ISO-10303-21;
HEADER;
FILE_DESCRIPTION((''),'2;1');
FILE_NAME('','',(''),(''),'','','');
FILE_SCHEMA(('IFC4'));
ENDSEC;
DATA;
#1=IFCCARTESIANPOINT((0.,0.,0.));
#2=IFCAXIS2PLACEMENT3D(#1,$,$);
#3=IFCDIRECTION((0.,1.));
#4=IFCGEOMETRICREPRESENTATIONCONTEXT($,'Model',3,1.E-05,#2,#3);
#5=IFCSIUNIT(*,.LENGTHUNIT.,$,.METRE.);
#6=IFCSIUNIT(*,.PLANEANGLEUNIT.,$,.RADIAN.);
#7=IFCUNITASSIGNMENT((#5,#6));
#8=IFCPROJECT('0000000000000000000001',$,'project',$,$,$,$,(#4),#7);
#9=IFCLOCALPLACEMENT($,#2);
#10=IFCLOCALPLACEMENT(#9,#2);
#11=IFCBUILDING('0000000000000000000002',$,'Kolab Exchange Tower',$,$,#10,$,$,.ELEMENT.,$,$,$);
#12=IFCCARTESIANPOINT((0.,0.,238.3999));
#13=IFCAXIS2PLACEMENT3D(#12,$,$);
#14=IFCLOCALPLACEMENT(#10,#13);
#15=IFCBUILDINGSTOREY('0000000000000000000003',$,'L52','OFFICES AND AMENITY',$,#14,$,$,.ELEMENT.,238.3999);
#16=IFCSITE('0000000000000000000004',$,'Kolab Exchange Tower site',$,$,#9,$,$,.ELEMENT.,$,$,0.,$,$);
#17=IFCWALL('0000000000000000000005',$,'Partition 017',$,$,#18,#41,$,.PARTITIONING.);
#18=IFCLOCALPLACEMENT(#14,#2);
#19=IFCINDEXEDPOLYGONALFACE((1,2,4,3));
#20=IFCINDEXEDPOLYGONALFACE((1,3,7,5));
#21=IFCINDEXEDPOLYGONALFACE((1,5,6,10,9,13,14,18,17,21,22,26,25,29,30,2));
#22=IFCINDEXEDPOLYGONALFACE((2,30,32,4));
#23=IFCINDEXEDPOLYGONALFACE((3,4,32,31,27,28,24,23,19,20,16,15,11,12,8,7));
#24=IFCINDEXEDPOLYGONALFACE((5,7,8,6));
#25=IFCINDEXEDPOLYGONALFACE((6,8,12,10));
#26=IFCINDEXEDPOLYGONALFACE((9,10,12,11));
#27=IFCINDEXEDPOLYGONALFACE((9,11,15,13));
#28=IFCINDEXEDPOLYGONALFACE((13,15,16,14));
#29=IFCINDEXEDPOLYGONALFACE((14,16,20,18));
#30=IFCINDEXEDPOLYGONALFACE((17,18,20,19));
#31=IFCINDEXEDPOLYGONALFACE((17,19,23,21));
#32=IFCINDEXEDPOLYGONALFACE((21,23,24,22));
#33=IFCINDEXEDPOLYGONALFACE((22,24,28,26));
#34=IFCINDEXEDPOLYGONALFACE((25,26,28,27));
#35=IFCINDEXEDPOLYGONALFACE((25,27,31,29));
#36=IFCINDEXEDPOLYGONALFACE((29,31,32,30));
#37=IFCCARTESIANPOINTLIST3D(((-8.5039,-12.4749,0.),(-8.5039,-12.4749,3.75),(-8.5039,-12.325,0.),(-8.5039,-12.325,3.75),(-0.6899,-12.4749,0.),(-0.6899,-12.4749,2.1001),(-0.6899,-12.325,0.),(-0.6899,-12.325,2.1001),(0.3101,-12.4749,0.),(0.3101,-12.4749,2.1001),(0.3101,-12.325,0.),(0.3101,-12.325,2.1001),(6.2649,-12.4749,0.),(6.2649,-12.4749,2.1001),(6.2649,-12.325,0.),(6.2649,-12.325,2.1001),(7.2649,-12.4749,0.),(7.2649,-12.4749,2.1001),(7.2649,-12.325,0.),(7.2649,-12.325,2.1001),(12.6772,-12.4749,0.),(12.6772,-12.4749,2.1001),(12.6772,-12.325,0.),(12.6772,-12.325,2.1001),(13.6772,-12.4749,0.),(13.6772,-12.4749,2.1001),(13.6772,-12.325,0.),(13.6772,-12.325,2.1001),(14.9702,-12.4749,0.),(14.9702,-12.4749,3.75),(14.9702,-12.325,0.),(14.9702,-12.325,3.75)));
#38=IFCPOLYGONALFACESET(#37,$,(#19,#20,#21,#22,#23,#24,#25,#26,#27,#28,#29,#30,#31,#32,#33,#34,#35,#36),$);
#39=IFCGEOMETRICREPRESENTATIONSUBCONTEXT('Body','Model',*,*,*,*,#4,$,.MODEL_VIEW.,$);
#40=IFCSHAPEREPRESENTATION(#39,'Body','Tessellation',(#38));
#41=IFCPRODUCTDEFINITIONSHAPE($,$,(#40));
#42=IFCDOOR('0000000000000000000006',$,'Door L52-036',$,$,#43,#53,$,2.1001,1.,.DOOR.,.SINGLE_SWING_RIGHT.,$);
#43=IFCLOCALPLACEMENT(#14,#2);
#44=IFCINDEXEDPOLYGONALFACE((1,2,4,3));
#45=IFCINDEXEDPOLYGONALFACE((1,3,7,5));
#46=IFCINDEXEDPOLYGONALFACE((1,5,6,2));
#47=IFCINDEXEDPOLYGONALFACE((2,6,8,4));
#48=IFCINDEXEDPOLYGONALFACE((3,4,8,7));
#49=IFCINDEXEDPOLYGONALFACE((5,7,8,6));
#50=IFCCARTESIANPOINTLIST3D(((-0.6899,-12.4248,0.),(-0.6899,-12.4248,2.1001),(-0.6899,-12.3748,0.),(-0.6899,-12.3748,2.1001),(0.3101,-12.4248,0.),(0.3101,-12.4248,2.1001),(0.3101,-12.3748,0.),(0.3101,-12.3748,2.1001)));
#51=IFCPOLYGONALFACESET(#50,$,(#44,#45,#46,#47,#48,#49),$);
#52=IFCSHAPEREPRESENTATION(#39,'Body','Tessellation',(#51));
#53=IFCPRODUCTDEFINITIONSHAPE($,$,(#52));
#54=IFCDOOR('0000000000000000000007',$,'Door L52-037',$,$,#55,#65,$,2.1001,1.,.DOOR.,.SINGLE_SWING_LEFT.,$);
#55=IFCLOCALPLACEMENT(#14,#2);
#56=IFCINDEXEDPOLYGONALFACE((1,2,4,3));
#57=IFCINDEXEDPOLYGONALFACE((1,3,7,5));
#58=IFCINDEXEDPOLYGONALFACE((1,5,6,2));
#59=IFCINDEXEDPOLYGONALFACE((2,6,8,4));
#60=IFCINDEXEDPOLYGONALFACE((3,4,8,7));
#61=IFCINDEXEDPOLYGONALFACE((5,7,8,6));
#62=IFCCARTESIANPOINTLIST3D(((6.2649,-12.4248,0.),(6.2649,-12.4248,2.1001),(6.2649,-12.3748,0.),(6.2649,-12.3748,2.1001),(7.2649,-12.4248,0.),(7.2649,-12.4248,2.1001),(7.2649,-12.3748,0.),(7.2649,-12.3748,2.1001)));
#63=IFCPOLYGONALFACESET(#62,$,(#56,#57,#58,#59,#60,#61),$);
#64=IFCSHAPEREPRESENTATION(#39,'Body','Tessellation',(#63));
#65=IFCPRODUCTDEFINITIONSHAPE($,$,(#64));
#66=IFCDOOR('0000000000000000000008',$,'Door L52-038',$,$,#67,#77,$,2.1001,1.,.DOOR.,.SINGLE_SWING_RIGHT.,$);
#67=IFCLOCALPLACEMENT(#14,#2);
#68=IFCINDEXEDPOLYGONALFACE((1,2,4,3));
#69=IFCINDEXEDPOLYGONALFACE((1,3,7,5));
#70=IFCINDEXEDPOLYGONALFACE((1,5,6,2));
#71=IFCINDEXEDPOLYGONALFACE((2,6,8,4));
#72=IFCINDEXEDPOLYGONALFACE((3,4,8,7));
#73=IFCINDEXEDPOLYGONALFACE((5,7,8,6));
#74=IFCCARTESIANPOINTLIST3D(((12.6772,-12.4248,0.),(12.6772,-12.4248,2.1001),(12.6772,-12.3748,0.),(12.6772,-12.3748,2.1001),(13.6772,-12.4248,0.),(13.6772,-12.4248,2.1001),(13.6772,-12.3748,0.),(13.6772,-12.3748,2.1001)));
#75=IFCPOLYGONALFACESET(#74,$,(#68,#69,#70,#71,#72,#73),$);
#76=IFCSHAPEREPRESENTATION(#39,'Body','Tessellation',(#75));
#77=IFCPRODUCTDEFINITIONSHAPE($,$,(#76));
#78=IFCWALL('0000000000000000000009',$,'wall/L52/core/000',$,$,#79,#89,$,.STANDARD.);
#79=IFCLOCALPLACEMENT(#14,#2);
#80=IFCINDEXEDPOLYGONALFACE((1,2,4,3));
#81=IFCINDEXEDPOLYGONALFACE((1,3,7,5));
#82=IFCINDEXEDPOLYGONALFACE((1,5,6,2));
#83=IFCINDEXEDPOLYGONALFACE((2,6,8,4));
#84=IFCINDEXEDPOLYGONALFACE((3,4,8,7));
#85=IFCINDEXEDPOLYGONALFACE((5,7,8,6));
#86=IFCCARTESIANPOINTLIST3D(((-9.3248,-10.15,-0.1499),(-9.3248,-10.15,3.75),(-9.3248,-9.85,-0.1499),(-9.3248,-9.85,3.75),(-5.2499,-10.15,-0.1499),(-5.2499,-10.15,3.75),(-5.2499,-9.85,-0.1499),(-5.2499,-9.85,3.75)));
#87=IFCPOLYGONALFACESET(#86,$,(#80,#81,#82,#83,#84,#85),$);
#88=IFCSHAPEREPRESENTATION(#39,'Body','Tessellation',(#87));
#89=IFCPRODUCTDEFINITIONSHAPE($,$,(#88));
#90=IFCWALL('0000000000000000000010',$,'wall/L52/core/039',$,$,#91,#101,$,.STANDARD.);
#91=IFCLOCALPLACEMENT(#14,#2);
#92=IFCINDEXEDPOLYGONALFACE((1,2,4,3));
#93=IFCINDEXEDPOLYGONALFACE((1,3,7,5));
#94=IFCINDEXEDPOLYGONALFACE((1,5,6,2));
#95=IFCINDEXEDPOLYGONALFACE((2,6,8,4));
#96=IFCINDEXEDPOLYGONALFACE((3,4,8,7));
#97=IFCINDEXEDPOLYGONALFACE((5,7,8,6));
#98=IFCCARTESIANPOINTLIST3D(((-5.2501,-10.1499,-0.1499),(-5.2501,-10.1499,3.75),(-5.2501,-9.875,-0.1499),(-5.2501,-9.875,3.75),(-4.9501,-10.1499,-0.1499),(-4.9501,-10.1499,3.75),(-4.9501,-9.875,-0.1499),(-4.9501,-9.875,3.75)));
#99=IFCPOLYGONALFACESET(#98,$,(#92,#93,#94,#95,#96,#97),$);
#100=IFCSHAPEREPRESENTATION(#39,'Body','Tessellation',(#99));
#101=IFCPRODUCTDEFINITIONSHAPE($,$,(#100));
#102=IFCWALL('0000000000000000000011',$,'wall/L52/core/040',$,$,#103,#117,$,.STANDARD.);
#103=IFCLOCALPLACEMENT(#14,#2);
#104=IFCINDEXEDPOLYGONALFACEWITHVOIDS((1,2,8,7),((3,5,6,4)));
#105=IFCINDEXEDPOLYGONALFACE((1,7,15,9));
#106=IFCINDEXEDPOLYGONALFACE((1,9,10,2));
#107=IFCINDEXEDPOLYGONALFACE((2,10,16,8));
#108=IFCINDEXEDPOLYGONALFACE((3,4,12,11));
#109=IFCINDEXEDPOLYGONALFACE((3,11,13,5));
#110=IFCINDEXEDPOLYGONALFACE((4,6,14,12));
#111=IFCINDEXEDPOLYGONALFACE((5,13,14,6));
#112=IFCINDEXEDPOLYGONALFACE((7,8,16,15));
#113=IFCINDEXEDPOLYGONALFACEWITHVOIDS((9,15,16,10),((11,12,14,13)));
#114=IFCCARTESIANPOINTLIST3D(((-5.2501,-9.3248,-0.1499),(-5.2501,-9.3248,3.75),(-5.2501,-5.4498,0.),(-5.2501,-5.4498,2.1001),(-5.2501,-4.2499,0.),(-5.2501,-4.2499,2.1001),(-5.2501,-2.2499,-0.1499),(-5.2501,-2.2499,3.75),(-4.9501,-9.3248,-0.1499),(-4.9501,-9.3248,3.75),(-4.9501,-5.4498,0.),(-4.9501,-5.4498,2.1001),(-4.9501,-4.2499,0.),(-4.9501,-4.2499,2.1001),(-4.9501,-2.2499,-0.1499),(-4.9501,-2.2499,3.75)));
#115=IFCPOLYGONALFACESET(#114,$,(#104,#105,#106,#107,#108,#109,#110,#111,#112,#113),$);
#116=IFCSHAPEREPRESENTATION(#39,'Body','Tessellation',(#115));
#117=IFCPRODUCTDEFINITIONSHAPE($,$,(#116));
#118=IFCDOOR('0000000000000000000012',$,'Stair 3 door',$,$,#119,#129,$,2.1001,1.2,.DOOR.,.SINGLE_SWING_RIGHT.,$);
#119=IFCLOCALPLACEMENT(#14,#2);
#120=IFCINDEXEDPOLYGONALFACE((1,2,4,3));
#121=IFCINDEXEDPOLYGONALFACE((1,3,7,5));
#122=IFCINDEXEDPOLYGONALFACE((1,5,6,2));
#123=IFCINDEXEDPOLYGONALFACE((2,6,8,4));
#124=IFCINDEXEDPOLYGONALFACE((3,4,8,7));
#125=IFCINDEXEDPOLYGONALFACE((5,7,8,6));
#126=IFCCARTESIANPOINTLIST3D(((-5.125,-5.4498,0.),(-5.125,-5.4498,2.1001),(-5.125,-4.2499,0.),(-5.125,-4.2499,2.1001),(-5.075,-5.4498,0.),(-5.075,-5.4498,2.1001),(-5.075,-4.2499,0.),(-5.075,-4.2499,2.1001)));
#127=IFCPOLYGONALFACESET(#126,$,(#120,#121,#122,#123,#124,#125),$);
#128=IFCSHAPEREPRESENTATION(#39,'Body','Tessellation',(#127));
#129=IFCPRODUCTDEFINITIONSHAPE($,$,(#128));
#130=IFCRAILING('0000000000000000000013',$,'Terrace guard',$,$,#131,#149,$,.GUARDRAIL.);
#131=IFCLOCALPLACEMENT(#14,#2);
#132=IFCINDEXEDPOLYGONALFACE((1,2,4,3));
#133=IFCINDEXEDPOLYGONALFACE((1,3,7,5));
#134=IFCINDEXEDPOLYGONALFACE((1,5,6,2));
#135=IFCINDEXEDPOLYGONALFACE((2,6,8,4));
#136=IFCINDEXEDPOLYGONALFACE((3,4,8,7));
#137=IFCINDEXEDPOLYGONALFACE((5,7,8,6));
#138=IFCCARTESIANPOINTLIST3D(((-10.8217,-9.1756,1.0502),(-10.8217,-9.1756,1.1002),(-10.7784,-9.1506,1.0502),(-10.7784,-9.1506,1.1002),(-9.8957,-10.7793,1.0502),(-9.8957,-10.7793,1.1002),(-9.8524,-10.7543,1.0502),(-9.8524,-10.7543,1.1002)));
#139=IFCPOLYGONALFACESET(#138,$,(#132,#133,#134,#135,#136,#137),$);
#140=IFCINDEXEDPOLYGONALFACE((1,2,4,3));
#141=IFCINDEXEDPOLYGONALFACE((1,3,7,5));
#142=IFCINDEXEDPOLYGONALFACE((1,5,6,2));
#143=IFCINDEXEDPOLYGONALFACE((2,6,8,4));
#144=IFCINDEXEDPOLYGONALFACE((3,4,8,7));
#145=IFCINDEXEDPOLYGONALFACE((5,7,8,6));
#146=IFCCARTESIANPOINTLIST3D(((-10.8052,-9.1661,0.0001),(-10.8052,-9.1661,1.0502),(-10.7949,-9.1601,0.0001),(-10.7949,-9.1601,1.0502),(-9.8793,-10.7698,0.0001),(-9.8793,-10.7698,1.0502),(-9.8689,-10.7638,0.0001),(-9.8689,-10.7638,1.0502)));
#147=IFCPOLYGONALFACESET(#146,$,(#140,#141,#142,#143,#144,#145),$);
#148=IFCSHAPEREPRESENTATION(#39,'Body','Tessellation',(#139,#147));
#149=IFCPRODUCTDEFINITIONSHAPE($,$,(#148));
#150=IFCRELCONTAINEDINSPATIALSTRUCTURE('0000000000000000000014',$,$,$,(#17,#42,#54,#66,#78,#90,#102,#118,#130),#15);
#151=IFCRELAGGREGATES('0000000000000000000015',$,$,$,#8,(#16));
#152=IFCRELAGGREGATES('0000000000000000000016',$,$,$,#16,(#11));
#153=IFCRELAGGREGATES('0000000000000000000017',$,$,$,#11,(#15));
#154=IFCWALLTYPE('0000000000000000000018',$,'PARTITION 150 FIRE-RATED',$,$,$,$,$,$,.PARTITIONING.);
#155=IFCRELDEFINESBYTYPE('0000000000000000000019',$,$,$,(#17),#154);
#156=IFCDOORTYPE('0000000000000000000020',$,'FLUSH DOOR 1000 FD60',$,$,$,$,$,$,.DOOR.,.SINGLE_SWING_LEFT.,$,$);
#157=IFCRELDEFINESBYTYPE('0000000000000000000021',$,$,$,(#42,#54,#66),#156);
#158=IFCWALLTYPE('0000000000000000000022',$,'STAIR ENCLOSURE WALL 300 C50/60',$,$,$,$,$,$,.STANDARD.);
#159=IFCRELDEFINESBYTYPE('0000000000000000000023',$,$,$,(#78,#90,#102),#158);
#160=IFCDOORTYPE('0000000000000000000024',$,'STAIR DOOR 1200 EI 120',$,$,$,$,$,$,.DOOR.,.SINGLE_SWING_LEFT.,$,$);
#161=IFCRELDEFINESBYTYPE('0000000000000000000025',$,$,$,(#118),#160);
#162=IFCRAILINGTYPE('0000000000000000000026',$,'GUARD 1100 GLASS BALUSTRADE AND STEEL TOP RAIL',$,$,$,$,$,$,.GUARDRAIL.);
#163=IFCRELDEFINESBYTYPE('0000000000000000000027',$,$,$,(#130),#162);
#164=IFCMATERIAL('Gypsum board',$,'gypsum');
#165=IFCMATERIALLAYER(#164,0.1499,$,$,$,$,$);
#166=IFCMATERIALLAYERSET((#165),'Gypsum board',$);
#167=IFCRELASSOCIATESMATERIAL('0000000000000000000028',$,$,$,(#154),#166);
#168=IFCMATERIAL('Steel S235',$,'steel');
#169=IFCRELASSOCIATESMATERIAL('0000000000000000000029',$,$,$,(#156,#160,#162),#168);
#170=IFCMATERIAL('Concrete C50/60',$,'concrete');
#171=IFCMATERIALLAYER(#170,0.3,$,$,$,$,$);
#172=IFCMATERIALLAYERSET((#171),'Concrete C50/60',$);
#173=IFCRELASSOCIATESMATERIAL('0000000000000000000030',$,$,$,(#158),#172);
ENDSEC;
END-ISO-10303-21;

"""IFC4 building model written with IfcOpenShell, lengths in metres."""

from ifc_helpers import new_model, si_unit, direction, frame, frame_2d, origin, origin_2d, place, context, subcontext, project, spatial, rectangle, extrude, material, layer, layer_set, type_object, element, fill, save


model = new_model("IFC4")

# Units and contexts
model_context = context("Model", 3, precision=1e-05, world=origin(), true_north=direction((0.0, 1.0)))
body_context = subcontext(model_context, "Body", "Model", "MODEL_VIEW")
ifc_project = project(units=[si_unit("LENGTHUNIT", "METRE"), si_unit("PLANEANGLEUNIT", "RADIAN")], contexts=[model_context])

# Site, building, storey
site_placement = place(None, origin())
site = spatial("IfcSite", under=ifc_project, at=site_placement, Name="Kolab Exchange Tower site", CompositionType="ELEMENT", RefElevation=0.0)
building_placement = place(site_placement, origin())
building = spatial("IfcBuilding", under=site, at=building_placement, Name="Kolab Exchange Tower", CompositionType="ELEMENT")
storey_placement = place(building_placement, frame((0.0, 0.0, 238.3999)))
storey = spatial("IfcBuildingStorey", under=building, at=storey_placement, Name="L52", Description="OFFICES AND AMENITY", CompositionType="ELEMENT", Elevation=238.3999)

# Shared definitions
ifc_material_1 = material(Name="Concrete C50/60", Category="concrete")
ifc_material_2 = material(Name="Steel S235", Category="steel")

# Wall, openings, doors
ifc_material_3 = material(Name="Gypsum board", Category="gypsum")
ifc_layer_1 = layer(ifc_material_3, 0.1499)
ifc_layer_set_1 = layer_set([ifc_layer_1], Name="Gypsum board")
wall_type_1 = type_object("IfcWallType", Name="PARTITION 150 FIRE-RATED", PredefinedType="PARTITIONING", material=ifc_layer_set_1)
wall_1_placement = place(storey_placement, frame((-8.5039, -12.3999, 0.0), z_axis=(0.0, 0.0, 1.0), x_axis=(1.0, 0.0, 0.0)))
wall_1 = element("IfcWall", 1, at=wall_1_placement, inside=storey, type_object=wall_type_1, Name="Partition 017", PredefinedType="PARTITIONING", context=body_context, shape_type="SweptSolid", body=[
    extrude(rectangle(XDim=23.4741, YDim=0.1499, at=frame_2d((11.7371, 0.0))), origin(), (0.0, 0.0, 1.0), 3.75),
])
opening_1_placement = place(wall_1_placement, frame((7.814, 0.0, 0.0)))
opening_1 = element("IfcOpeningElement", 2, at=opening_1_placement, cuts=wall_1, PredefinedType="OPENING", context=body_context, shape_type="SweptSolid", body=[
    extrude(rectangle(XDim=1.0, YDim=2.1001, at=frame_2d((0.5, 1.05))), frame((0.0, 0.085, 0.0), z_axis=(0.0, -1.0, 0.0), x_axis=(1.0, 0.0, 0.0)), (0.0, 0.0, 1.0), 0.1699),
])
opening_2_placement = place(wall_1_placement, frame((14.7688, 0.0, 0.0)))
opening_2 = element("IfcOpeningElement", 3, at=opening_2_placement, cuts=wall_1, PredefinedType="OPENING", context=body_context, shape_type="SweptSolid", body=[
    extrude(rectangle(XDim=1.0, YDim=2.1001, at=frame_2d((0.5, 1.05))), frame((0.0, 0.085, 0.0), z_axis=(0.0, -1.0, 0.0), x_axis=(1.0, 0.0, 0.0)), (0.0, 0.0, 1.0), 0.1699),
])
opening_3_placement = place(wall_1_placement, frame((21.1812, 0.0, 0.0)))
opening_3 = element("IfcOpeningElement", 4, at=opening_3_placement, cuts=wall_1, PredefinedType="OPENING", context=body_context, shape_type="SweptSolid", body=[
    extrude(rectangle(XDim=1.0, YDim=2.1001, at=frame_2d((0.5, 1.05))), frame((0.0, 0.085, 0.0), z_axis=(0.0, -1.0, 0.0), x_axis=(1.0, 0.0, 0.0)), (0.0, 0.0, 1.0), 0.1699),
])
door_type_1 = type_object("IfcDoorType", Name="FLUSH DOOR 1000 FD60", OperationType="SINGLE_SWING_LEFT", PredefinedType="DOOR", material=ifc_material_2)
door_1_placement = place(opening_1_placement, frame((1.0, 0.0, 0.0), z_axis=(0.0, 0.0, 1.0), x_axis=(-1.0, 0.0, 0.0)))
door_1 = element("IfcDoor", 5, at=door_1_placement, inside=storey, type_object=door_type_1, Name="Door L52-036", OperationType="SINGLE_SWING_RIGHT", OverallHeight=2.1001, OverallWidth=1.0, PredefinedType="DOOR", context=body_context, shape_type="SweptSolid", body=[
    extrude(rectangle(XDim=1.0, YDim=2.1001, at=frame_2d((0.5, 1.05))), frame((0.0, 0.0249, 0.0), z_axis=(0.0, -1.0, 0.0), x_axis=(1.0, 0.0, 0.0)), (0.0, 0.0, 1.0), 0.05),
])
fill(opening_1, door_1)
door_2_placement = place(opening_2_placement, frame((1.0, 0.0, 0.0), z_axis=(0.0, 0.0, 1.0), x_axis=(-1.0, 0.0, 0.0)))
door_2 = element("IfcDoor", 6, at=door_2_placement, inside=storey, type_object=door_type_1, Name="Door L52-037", OperationType="SINGLE_SWING_LEFT", OverallHeight=2.1001, OverallWidth=1.0, PredefinedType="DOOR", context=body_context, shape_type="SweptSolid", body=[
    extrude(rectangle(XDim=1.0, YDim=2.1001, at=frame_2d((0.5, 1.05))), frame((0.0, 0.0249, 0.0), z_axis=(0.0, -1.0, 0.0), x_axis=(1.0, 0.0, 0.0)), (0.0, 0.0, 1.0), 0.05),
])
fill(opening_2, door_2)
door_3_placement = place(opening_3_placement, frame((1.0, 0.0, 0.0), z_axis=(0.0, 0.0, 1.0), x_axis=(-1.0, 0.0, 0.0)))
door_3 = element("IfcDoor", 7, at=door_3_placement, inside=storey, type_object=door_type_1, Name="Door L52-038", OperationType="SINGLE_SWING_RIGHT", OverallHeight=2.1001, OverallWidth=1.0, PredefinedType="DOOR", context=body_context, shape_type="SweptSolid", body=[
    extrude(rectangle(XDim=1.0, YDim=2.1001, at=frame_2d((0.5, 1.05))), frame((0.0, 0.0249, 0.0), z_axis=(0.0, -1.0, 0.0), x_axis=(1.0, 0.0, 0.0)), (0.0, 0.0, 1.0), 0.05),
])
fill(opening_3, door_3)

# Walls
ifc_layer_2 = layer(ifc_material_1, 0.3)
ifc_layer_set_2 = layer_set([ifc_layer_2], Name="Concrete C50/60")
wall_type_2 = type_object("IfcWallType", Name="STAIR ENCLOSURE WALL 300 C50/60", PredefinedType="STANDARD", material=ifc_layer_set_2)
wall_2_placement = place(storey_placement, frame((-9.325, -10.0, -0.1499), z_axis=(0.0, 0.0, 1.0), x_axis=(1.0, 0.0, 0.0)))
element("IfcWall", 8, at=wall_2_placement, inside=storey, type_object=wall_type_2, Name="wall/L52/core/000", PredefinedType="STANDARD", context=body_context, shape_type="SweptSolid", body=[
    extrude(rectangle(XDim=4.075, YDim=0.3, at=frame_2d((2.0376, 0.0))), origin(), (0.0, 0.0, 1.0), 3.8999),
])
wall_3_placement = place(storey_placement, frame((-5.1001, -10.1499, -0.1499), z_axis=(0.0, 0.0, 1.0), x_axis=(0.0, 1.0, 0.0)))
element("IfcWall", 9, at=wall_3_placement, inside=storey, type_object=wall_type_2, Name="wall/L52/core/039", PredefinedType="STANDARD", context=body_context, shape_type="SweptSolid", body=[
    extrude(rectangle(XDim=0.2749, YDim=0.3, at=frame_2d((0.1375, 0.0))), origin(), (0.0, 0.0, 1.0), 3.8999),
])

# Wall, opening, door
wall_4_placement = place(storey_placement, frame((-5.1001, -9.325, -0.1499), z_axis=(0.0, 0.0, 1.0), x_axis=(0.0, 1.0, 0.0)))
wall_4 = element("IfcWall", 10, at=wall_4_placement, inside=storey, type_object=wall_type_2, Name="wall/L52/core/040", PredefinedType="STANDARD", context=body_context, shape_type="SweptSolid", body=[
    extrude(rectangle(XDim=7.075, YDim=0.3, at=frame_2d((3.5376, 0.0))), origin(), (0.0, 0.0, 1.0), 3.8999),
])
opening_4_placement = place(wall_4_placement, frame((3.875, 0.0, 0.1499)))
opening_4 = element("IfcOpeningElement", 11, at=opening_4_placement, cuts=wall_4, PredefinedType="OPENING", context=body_context, shape_type="SweptSolid", body=[
    extrude(rectangle(XDim=1.2, YDim=2.1001, at=frame_2d((0.6001, 1.05))), frame((0.0, 0.1602, 0.0), z_axis=(0.0, -1.0, 0.0), x_axis=(1.0, 0.0, 0.0)), (0.0, 0.0, 1.0), 0.3201),
])
door_type_2 = type_object("IfcDoorType", Name="STAIR DOOR 1200 EI 120", OperationType="SINGLE_SWING_LEFT", PredefinedType="DOOR", material=ifc_material_2)
door_4_placement = place(opening_4_placement, origin())
door_4 = element("IfcDoor", 12, at=door_4_placement, inside=storey, type_object=door_type_2, Name="Stair 3 door", OperationType="SINGLE_SWING_RIGHT", OverallHeight=2.1001, OverallWidth=1.2, PredefinedType="DOOR", context=body_context, shape_type="SweptSolid", body=[
    extrude(rectangle(XDim=1.2, YDim=2.1001, at=frame_2d((0.6001, 1.05))), frame((0.0, 0.0249, 0.0), z_axis=(0.0, -1.0, 0.0), x_axis=(1.0, 0.0, 0.0)), (0.0, 0.0, 1.0), 0.05),
])
fill(opening_4, door_4)

# Railing
railing_type = type_object("IfcRailingType", Name="GUARD 1100 GLASS BALUSTRADE AND STEEL TOP RAIL", PredefinedType="GUARDRAIL", material=ifc_material_2)
railing_placement = place(storey_placement, frame((-10.8, -9.1631, 0.0)))
element("IfcRailing", 13, at=railing_placement, inside=storey, type_object=railing_type, Name="Terrace guard", PredefinedType="GUARDRAIL", context=body_context, shape_type="SweptSolid", body=[
    extrude(rectangle(XDim=0.05, YDim=0.05, at=origin_2d()), frame((0.0, 0.0, 1.0752), z_axis=(0.500038, -0.866003, 0.0), x_axis=(0.866003, 0.500038, 0.0)), (0.0, 0.0, 1.0), 1.8518),
    extrude(rectangle(XDim=0.012, YDim=1.0501, at=frame_2d((0.0, 0.5251))), frame((0.0, 0.0, 0.0), z_axis=(0.500038, -0.866003, 0.0), x_axis=(0.866003, 0.500038, 0.0)), (0.0, 0.0, 1.0), 1.8518),
])

save(model, "model.ifc")
